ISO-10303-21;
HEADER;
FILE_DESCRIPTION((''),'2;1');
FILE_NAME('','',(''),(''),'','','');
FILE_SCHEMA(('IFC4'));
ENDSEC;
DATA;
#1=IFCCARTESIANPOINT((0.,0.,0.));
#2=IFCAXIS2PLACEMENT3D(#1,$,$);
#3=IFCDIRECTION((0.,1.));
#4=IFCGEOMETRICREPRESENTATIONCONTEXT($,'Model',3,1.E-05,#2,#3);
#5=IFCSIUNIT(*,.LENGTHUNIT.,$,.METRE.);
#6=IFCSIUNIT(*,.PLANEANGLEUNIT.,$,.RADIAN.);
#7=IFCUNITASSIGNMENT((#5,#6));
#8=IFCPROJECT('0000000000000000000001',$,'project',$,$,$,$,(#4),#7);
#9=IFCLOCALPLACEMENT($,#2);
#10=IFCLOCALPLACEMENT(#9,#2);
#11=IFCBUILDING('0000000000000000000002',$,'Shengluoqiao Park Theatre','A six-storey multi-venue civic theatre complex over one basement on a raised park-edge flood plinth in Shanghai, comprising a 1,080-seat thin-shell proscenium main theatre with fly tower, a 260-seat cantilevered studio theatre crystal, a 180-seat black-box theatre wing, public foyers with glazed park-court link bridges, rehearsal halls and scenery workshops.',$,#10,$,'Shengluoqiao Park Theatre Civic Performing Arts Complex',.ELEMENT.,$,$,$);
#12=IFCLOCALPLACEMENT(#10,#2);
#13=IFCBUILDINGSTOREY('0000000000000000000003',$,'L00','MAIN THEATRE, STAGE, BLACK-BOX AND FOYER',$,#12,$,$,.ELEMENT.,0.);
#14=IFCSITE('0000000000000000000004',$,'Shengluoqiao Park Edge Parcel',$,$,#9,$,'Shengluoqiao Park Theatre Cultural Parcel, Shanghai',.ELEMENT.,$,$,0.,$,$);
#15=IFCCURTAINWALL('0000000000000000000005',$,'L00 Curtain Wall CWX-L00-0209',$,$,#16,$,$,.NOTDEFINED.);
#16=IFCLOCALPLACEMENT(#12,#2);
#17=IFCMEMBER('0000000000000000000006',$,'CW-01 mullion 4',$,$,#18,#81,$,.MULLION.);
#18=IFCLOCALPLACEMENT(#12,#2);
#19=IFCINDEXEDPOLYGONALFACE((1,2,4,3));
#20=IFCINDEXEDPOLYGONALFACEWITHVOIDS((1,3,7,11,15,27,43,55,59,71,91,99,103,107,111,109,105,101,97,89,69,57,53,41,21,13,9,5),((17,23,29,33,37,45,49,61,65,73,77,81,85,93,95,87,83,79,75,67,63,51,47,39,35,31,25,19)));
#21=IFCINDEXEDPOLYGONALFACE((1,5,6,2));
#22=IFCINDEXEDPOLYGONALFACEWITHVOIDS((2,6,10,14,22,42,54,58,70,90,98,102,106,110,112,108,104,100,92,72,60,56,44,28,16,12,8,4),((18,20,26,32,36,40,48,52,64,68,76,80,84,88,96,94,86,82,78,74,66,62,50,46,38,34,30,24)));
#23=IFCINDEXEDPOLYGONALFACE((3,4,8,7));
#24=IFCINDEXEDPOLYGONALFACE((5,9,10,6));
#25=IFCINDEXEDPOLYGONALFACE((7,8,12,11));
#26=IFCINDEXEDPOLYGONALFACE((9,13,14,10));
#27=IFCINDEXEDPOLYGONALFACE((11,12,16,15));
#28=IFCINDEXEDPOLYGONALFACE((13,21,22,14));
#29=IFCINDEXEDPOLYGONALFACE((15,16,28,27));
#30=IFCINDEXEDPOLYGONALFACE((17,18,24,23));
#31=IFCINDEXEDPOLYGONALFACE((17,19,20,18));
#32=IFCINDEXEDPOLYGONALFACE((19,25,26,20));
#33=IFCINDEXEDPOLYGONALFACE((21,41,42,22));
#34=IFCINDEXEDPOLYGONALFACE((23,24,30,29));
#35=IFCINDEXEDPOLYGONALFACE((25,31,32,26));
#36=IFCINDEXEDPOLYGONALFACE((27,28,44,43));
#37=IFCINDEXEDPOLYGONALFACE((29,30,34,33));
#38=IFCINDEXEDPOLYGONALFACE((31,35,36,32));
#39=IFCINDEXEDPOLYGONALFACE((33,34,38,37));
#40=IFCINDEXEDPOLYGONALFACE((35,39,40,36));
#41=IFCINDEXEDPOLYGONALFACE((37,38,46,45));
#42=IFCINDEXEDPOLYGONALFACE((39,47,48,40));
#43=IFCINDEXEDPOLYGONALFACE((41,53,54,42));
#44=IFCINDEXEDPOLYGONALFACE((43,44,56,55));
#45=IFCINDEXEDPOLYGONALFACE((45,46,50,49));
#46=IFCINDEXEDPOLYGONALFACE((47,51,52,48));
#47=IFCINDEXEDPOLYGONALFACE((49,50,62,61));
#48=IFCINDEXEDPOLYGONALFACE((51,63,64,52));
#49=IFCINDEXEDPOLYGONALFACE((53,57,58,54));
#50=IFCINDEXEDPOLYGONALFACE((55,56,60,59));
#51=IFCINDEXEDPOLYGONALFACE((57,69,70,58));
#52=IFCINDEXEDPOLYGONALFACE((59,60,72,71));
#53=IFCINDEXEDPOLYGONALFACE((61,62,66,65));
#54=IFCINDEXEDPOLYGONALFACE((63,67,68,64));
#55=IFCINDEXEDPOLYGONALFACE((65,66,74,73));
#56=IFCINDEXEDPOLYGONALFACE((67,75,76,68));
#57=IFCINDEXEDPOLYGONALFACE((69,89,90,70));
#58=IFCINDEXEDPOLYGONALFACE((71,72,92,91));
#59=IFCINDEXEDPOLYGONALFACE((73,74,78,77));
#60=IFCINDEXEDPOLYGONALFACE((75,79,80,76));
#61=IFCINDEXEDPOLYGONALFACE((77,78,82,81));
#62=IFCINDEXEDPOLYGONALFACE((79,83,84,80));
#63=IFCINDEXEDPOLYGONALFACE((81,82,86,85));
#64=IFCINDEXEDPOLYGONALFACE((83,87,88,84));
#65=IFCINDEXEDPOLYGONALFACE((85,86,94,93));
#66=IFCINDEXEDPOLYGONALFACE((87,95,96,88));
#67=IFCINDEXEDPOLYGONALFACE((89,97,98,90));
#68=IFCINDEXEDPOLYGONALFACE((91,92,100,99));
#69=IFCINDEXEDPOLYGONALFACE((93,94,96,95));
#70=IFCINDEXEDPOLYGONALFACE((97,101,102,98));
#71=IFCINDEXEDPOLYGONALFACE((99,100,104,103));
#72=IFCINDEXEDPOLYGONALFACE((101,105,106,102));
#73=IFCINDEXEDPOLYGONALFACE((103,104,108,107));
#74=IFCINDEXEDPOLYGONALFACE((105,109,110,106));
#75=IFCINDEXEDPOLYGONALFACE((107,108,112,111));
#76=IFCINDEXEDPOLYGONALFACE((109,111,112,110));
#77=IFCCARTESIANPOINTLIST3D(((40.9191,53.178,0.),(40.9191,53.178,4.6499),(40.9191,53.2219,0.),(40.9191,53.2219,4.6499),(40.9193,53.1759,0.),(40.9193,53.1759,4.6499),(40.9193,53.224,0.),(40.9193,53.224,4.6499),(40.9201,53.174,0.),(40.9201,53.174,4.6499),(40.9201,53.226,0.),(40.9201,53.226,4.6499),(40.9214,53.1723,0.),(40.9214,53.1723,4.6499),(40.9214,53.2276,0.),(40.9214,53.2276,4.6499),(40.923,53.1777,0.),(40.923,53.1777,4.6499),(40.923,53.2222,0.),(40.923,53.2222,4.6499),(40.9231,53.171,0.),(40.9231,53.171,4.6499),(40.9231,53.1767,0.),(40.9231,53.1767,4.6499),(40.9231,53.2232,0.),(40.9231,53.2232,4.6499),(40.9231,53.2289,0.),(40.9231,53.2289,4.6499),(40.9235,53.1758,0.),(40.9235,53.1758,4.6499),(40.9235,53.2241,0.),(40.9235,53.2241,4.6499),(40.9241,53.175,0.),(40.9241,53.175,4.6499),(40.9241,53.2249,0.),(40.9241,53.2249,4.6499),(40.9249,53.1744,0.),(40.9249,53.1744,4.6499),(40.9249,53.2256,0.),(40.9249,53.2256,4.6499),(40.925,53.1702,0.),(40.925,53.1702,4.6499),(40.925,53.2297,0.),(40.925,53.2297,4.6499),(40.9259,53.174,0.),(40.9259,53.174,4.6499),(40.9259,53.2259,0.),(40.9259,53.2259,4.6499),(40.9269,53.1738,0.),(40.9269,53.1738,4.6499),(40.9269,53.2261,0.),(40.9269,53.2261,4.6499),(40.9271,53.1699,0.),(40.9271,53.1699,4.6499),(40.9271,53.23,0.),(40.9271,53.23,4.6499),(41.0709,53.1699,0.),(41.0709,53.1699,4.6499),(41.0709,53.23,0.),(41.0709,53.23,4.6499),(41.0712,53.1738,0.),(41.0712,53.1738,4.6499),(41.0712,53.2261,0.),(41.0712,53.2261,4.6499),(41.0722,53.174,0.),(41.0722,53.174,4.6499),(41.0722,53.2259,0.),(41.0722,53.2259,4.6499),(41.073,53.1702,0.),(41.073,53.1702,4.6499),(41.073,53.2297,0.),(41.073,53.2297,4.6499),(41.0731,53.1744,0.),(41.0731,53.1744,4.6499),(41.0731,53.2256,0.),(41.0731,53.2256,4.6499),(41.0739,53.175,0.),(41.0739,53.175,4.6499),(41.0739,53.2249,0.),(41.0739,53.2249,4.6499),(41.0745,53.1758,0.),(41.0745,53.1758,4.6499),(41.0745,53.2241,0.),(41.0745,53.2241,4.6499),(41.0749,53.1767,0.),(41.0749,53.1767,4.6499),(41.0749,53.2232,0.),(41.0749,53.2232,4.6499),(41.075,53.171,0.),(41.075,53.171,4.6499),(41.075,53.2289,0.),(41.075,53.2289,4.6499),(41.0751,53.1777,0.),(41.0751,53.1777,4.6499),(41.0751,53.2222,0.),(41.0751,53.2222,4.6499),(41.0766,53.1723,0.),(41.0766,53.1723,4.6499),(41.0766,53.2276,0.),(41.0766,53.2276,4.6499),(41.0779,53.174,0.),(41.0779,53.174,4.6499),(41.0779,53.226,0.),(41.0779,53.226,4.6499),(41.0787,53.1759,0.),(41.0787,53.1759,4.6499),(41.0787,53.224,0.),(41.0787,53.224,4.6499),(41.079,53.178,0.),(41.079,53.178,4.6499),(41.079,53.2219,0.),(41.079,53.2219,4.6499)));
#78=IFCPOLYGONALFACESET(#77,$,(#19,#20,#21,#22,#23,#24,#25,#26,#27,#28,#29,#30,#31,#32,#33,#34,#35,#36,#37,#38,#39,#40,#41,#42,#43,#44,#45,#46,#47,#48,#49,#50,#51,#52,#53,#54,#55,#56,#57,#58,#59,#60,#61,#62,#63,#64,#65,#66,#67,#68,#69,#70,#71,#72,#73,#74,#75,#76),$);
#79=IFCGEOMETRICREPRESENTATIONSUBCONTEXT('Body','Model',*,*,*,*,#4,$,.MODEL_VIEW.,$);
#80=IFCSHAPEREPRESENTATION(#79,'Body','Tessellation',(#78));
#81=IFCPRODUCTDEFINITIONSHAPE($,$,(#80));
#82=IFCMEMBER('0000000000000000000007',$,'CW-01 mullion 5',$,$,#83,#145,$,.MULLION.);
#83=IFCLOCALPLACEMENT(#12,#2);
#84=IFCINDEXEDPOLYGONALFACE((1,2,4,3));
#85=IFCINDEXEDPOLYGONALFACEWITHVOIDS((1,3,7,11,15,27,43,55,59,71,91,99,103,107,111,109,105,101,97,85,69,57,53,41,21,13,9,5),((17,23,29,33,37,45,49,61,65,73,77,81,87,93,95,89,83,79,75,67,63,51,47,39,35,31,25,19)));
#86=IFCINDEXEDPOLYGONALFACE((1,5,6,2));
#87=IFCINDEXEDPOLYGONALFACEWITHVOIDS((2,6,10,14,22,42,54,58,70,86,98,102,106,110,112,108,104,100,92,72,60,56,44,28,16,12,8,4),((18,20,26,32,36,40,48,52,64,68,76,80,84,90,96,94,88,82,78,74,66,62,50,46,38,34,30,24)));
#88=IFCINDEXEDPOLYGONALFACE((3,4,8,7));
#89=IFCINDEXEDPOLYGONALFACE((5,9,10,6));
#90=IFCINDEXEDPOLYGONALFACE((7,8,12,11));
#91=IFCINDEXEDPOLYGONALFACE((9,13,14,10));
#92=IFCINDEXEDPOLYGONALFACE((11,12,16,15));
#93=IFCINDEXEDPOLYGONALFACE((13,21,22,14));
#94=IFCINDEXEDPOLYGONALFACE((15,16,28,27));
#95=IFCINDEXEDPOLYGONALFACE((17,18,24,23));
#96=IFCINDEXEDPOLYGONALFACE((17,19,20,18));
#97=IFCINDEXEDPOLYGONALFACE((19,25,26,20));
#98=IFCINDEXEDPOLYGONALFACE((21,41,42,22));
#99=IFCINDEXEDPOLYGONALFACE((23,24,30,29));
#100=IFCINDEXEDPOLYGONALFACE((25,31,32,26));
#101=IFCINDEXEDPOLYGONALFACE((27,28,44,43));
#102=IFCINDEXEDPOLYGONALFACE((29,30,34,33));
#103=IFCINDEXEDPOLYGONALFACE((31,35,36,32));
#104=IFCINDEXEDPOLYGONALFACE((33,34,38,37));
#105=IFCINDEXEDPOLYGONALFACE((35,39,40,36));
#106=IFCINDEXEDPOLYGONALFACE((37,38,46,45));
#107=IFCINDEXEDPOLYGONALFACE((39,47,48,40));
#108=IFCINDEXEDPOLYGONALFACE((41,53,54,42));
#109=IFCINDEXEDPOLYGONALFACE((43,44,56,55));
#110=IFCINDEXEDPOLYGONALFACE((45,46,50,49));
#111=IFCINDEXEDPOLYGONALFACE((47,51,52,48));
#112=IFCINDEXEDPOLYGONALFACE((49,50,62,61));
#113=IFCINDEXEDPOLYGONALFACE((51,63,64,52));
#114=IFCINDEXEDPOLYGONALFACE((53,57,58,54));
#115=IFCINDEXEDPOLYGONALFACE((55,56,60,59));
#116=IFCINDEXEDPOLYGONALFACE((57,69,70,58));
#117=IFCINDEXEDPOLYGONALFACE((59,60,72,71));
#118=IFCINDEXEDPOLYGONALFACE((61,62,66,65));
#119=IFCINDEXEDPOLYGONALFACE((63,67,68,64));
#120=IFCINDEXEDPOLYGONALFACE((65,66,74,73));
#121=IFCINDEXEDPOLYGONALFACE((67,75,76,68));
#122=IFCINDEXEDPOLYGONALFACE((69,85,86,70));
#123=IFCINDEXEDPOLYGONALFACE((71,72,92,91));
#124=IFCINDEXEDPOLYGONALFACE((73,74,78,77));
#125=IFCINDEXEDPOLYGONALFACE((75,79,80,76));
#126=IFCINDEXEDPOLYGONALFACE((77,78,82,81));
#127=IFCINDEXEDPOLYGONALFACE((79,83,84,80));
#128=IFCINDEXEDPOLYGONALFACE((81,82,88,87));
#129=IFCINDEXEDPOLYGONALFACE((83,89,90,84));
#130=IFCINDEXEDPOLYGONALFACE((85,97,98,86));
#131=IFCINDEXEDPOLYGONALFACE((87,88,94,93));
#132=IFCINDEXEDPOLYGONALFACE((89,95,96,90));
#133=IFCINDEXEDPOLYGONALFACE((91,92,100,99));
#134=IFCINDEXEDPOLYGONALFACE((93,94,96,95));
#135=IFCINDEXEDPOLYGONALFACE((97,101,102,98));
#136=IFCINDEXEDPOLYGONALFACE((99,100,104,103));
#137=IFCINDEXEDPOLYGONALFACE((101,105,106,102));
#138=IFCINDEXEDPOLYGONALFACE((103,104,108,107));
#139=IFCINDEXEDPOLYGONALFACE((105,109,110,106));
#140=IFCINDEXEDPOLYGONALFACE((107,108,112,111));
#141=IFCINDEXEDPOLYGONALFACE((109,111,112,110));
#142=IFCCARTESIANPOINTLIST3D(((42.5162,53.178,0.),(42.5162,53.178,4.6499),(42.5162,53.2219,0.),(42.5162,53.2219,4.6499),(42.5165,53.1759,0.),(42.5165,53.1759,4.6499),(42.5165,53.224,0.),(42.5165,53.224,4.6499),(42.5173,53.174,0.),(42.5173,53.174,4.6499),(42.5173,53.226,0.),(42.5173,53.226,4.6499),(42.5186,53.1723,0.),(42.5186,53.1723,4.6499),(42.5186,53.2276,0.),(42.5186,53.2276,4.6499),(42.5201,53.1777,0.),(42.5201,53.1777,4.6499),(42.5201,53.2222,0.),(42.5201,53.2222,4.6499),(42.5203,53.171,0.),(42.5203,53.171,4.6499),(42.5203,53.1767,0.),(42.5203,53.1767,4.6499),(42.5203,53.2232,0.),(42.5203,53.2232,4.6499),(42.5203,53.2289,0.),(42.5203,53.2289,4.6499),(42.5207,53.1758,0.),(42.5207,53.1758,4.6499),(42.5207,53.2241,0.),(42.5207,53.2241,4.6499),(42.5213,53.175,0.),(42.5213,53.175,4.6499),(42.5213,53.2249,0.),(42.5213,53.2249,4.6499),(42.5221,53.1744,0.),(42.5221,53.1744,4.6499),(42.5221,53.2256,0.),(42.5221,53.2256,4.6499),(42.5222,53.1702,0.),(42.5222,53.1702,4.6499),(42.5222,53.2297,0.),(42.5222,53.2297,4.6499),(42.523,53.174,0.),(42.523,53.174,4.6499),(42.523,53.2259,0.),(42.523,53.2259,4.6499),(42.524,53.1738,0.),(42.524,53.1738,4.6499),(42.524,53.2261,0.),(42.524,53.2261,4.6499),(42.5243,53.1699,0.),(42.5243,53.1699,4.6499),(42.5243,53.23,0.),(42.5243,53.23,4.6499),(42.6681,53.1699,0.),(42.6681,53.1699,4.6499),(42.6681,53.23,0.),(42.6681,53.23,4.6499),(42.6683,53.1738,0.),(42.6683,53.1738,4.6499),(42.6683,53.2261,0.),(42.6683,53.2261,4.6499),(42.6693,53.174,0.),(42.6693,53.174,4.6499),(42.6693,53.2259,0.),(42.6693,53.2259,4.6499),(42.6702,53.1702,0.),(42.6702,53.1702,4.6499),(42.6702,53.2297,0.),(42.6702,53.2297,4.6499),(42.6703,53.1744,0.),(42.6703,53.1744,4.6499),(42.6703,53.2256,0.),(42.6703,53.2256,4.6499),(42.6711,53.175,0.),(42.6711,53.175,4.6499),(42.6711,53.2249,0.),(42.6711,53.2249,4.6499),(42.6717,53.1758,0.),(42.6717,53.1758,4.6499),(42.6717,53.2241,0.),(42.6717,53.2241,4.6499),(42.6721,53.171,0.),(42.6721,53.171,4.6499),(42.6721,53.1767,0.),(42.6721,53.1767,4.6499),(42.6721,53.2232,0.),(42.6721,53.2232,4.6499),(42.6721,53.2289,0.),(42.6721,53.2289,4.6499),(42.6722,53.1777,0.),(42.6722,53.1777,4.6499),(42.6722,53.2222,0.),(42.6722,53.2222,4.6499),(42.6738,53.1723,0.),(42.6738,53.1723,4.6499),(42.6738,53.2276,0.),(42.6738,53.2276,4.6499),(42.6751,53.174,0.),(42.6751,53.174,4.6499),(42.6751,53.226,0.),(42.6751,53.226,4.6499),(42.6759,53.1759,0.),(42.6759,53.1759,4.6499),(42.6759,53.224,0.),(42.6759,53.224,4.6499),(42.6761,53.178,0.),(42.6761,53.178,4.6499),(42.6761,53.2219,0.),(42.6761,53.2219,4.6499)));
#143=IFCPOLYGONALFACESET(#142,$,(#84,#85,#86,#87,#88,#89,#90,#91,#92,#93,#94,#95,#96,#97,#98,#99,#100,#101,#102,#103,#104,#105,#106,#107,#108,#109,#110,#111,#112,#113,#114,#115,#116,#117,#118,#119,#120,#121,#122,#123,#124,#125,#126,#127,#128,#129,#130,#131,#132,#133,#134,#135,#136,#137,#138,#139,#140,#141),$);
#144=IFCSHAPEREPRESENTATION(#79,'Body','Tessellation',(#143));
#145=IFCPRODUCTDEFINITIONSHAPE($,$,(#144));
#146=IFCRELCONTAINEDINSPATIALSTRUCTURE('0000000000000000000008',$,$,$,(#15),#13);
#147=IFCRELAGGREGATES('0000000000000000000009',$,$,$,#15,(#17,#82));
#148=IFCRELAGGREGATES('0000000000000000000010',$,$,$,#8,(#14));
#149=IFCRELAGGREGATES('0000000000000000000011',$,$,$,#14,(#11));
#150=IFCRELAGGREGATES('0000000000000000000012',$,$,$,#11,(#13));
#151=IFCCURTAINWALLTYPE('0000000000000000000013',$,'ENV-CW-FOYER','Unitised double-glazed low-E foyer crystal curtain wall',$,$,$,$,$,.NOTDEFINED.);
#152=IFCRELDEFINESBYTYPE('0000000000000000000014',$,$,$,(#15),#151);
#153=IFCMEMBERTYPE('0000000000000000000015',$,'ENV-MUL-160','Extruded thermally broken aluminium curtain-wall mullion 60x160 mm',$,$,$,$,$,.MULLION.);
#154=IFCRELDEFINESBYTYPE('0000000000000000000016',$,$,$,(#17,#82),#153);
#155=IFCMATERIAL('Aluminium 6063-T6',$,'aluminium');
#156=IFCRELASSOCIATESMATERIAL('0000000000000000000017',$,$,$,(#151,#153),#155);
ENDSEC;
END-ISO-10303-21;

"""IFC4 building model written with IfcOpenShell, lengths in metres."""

from ifc_helpers import new_model, si_unit, direction, frame, origin, origin_2d, place, context, subcontext, project, spatial, hollow_rectangle, extrude, material, material_profile, profile_set, type_object, element, aggregate, save


model = new_model("IFC4")

# Units and contexts
model_context = context("Model", 3, precision=1e-05, world=origin(), true_north=direction((0.0, 1.0)))
body_context = subcontext(model_context, "Body", "Model", "MODEL_VIEW")
ifc_project = project(units=[si_unit("LENGTHUNIT", "METRE"), si_unit("PLANEANGLEUNIT", "RADIAN")], contexts=[model_context])

# Site, building, storey
site_placement = place(None, origin())
site = spatial("IfcSite", under=ifc_project, at=site_placement, Name="Shengluoqiao Park Edge Parcel", LongName="Shengluoqiao Park Theatre Cultural Parcel, Shanghai", CompositionType="ELEMENT", RefElevation=0.0)
building_placement = place(site_placement, origin())
building = spatial("IfcBuilding", under=site, at=building_placement, Name="Shengluoqiao Park Theatre", Description="A six-storey multi-venue civic theatre complex over one basement on a raised park-edge flood plinth in Shanghai, comprising a 1,080-seat thin-shell proscenium main theatre with fly tower, a 260-seat cantilevered studio theatre crystal, a 180-seat black-box theatre wing, public foyers with glazed park-court link bridges, rehearsal halls and scenery workshops.", LongName="Shengluoqiao Park Theatre Civic Performing Arts Complex", CompositionType="ELEMENT")
storey_placement = place(building_placement, origin())
storey = spatial("IfcBuildingStorey", under=building, at=storey_placement, Name="L00", Description="MAIN THEATRE, STAGE, BLACK-BOX AND FOYER", CompositionType="ELEMENT", Elevation=0.0)

# Curtain wall, members
ifc_material_1 = material(Name="Aluminium 6063-T6", Category="aluminium")
curtain_wall_type_1 = type_object("IfcCurtainWallType", Name="ENV-CW-FOYER", Description="Unitised double-glazed low-E foyer crystal curtain wall", PredefinedType="NOTDEFINED", material=ifc_material_1)
curtain_wall_1_placement = place(storey_placement, origin())
curtain_wall_1 = element("IfcCurtainWall", 1, at=curtain_wall_1_placement, inside=storey, type_object=curtain_wall_type_1, Name="L00 Curtain Wall CWX-L00-0209", PredefinedType="NOTDEFINED")
ifc_material_profile_1 = material_profile(ifc_material_1, hollow_rectangle(XDim=0.0601, YDim=0.1599, WallThickness=0.0039, InnerFilletRadius=0.0039, OuterFilletRadius=0.0081, at=origin_2d()), Name="ALU MULLION 160x60x4")
ifc_profile_set_1 = profile_set([ifc_material_profile_1], Name="Aluminium 6063-T6")
member_type_1 = type_object("IfcMemberType", Name="ENV-MUL-160", Description="Extruded thermally broken aluminium curtain-wall mullion 60x160 mm", PredefinedType="MULLION", material=ifc_profile_set_1)
member_1_placement = place(storey_placement, frame((40.999, 53.2, 0.0), z_axis=(0.0, 0.0, 1.0), x_axis=(0.0, 1.0, 0.0)))
member_1 = element("IfcMember", 2, at=member_1_placement, type_object=member_type_1, Name="CW-01 mullion 4", PredefinedType="MULLION", context=body_context, shape_type="SweptSolid", body=[
    extrude(hollow_rectangle(XDim=0.0601, YDim=0.1599, WallThickness=0.0039, InnerFilletRadius=0.0039, OuterFilletRadius=0.0081, at=origin_2d()), origin(), (0.0, 0.0, 1.0), 4.6499),
])
member_2_placement = place(storey_placement, frame((42.5962, 53.2, 0.0), z_axis=(0.0, 0.0, 1.0), x_axis=(0.0, 1.0, 0.0)))
member_2 = element("IfcMember", 3, at=member_2_placement, type_object=member_type_1, Name="CW-01 mullion 5", PredefinedType="MULLION", context=body_context, shape_type="SweptSolid", body=[
    extrude(hollow_rectangle(XDim=0.0601, YDim=0.1599, WallThickness=0.0039, InnerFilletRadius=0.0039, OuterFilletRadius=0.0081, at=origin_2d()), origin(), (0.0, 0.0, 1.0), 4.6499),
])

aggregate(curtain_wall_1, [member_1, member_2])

save(model, "model.ifc")
